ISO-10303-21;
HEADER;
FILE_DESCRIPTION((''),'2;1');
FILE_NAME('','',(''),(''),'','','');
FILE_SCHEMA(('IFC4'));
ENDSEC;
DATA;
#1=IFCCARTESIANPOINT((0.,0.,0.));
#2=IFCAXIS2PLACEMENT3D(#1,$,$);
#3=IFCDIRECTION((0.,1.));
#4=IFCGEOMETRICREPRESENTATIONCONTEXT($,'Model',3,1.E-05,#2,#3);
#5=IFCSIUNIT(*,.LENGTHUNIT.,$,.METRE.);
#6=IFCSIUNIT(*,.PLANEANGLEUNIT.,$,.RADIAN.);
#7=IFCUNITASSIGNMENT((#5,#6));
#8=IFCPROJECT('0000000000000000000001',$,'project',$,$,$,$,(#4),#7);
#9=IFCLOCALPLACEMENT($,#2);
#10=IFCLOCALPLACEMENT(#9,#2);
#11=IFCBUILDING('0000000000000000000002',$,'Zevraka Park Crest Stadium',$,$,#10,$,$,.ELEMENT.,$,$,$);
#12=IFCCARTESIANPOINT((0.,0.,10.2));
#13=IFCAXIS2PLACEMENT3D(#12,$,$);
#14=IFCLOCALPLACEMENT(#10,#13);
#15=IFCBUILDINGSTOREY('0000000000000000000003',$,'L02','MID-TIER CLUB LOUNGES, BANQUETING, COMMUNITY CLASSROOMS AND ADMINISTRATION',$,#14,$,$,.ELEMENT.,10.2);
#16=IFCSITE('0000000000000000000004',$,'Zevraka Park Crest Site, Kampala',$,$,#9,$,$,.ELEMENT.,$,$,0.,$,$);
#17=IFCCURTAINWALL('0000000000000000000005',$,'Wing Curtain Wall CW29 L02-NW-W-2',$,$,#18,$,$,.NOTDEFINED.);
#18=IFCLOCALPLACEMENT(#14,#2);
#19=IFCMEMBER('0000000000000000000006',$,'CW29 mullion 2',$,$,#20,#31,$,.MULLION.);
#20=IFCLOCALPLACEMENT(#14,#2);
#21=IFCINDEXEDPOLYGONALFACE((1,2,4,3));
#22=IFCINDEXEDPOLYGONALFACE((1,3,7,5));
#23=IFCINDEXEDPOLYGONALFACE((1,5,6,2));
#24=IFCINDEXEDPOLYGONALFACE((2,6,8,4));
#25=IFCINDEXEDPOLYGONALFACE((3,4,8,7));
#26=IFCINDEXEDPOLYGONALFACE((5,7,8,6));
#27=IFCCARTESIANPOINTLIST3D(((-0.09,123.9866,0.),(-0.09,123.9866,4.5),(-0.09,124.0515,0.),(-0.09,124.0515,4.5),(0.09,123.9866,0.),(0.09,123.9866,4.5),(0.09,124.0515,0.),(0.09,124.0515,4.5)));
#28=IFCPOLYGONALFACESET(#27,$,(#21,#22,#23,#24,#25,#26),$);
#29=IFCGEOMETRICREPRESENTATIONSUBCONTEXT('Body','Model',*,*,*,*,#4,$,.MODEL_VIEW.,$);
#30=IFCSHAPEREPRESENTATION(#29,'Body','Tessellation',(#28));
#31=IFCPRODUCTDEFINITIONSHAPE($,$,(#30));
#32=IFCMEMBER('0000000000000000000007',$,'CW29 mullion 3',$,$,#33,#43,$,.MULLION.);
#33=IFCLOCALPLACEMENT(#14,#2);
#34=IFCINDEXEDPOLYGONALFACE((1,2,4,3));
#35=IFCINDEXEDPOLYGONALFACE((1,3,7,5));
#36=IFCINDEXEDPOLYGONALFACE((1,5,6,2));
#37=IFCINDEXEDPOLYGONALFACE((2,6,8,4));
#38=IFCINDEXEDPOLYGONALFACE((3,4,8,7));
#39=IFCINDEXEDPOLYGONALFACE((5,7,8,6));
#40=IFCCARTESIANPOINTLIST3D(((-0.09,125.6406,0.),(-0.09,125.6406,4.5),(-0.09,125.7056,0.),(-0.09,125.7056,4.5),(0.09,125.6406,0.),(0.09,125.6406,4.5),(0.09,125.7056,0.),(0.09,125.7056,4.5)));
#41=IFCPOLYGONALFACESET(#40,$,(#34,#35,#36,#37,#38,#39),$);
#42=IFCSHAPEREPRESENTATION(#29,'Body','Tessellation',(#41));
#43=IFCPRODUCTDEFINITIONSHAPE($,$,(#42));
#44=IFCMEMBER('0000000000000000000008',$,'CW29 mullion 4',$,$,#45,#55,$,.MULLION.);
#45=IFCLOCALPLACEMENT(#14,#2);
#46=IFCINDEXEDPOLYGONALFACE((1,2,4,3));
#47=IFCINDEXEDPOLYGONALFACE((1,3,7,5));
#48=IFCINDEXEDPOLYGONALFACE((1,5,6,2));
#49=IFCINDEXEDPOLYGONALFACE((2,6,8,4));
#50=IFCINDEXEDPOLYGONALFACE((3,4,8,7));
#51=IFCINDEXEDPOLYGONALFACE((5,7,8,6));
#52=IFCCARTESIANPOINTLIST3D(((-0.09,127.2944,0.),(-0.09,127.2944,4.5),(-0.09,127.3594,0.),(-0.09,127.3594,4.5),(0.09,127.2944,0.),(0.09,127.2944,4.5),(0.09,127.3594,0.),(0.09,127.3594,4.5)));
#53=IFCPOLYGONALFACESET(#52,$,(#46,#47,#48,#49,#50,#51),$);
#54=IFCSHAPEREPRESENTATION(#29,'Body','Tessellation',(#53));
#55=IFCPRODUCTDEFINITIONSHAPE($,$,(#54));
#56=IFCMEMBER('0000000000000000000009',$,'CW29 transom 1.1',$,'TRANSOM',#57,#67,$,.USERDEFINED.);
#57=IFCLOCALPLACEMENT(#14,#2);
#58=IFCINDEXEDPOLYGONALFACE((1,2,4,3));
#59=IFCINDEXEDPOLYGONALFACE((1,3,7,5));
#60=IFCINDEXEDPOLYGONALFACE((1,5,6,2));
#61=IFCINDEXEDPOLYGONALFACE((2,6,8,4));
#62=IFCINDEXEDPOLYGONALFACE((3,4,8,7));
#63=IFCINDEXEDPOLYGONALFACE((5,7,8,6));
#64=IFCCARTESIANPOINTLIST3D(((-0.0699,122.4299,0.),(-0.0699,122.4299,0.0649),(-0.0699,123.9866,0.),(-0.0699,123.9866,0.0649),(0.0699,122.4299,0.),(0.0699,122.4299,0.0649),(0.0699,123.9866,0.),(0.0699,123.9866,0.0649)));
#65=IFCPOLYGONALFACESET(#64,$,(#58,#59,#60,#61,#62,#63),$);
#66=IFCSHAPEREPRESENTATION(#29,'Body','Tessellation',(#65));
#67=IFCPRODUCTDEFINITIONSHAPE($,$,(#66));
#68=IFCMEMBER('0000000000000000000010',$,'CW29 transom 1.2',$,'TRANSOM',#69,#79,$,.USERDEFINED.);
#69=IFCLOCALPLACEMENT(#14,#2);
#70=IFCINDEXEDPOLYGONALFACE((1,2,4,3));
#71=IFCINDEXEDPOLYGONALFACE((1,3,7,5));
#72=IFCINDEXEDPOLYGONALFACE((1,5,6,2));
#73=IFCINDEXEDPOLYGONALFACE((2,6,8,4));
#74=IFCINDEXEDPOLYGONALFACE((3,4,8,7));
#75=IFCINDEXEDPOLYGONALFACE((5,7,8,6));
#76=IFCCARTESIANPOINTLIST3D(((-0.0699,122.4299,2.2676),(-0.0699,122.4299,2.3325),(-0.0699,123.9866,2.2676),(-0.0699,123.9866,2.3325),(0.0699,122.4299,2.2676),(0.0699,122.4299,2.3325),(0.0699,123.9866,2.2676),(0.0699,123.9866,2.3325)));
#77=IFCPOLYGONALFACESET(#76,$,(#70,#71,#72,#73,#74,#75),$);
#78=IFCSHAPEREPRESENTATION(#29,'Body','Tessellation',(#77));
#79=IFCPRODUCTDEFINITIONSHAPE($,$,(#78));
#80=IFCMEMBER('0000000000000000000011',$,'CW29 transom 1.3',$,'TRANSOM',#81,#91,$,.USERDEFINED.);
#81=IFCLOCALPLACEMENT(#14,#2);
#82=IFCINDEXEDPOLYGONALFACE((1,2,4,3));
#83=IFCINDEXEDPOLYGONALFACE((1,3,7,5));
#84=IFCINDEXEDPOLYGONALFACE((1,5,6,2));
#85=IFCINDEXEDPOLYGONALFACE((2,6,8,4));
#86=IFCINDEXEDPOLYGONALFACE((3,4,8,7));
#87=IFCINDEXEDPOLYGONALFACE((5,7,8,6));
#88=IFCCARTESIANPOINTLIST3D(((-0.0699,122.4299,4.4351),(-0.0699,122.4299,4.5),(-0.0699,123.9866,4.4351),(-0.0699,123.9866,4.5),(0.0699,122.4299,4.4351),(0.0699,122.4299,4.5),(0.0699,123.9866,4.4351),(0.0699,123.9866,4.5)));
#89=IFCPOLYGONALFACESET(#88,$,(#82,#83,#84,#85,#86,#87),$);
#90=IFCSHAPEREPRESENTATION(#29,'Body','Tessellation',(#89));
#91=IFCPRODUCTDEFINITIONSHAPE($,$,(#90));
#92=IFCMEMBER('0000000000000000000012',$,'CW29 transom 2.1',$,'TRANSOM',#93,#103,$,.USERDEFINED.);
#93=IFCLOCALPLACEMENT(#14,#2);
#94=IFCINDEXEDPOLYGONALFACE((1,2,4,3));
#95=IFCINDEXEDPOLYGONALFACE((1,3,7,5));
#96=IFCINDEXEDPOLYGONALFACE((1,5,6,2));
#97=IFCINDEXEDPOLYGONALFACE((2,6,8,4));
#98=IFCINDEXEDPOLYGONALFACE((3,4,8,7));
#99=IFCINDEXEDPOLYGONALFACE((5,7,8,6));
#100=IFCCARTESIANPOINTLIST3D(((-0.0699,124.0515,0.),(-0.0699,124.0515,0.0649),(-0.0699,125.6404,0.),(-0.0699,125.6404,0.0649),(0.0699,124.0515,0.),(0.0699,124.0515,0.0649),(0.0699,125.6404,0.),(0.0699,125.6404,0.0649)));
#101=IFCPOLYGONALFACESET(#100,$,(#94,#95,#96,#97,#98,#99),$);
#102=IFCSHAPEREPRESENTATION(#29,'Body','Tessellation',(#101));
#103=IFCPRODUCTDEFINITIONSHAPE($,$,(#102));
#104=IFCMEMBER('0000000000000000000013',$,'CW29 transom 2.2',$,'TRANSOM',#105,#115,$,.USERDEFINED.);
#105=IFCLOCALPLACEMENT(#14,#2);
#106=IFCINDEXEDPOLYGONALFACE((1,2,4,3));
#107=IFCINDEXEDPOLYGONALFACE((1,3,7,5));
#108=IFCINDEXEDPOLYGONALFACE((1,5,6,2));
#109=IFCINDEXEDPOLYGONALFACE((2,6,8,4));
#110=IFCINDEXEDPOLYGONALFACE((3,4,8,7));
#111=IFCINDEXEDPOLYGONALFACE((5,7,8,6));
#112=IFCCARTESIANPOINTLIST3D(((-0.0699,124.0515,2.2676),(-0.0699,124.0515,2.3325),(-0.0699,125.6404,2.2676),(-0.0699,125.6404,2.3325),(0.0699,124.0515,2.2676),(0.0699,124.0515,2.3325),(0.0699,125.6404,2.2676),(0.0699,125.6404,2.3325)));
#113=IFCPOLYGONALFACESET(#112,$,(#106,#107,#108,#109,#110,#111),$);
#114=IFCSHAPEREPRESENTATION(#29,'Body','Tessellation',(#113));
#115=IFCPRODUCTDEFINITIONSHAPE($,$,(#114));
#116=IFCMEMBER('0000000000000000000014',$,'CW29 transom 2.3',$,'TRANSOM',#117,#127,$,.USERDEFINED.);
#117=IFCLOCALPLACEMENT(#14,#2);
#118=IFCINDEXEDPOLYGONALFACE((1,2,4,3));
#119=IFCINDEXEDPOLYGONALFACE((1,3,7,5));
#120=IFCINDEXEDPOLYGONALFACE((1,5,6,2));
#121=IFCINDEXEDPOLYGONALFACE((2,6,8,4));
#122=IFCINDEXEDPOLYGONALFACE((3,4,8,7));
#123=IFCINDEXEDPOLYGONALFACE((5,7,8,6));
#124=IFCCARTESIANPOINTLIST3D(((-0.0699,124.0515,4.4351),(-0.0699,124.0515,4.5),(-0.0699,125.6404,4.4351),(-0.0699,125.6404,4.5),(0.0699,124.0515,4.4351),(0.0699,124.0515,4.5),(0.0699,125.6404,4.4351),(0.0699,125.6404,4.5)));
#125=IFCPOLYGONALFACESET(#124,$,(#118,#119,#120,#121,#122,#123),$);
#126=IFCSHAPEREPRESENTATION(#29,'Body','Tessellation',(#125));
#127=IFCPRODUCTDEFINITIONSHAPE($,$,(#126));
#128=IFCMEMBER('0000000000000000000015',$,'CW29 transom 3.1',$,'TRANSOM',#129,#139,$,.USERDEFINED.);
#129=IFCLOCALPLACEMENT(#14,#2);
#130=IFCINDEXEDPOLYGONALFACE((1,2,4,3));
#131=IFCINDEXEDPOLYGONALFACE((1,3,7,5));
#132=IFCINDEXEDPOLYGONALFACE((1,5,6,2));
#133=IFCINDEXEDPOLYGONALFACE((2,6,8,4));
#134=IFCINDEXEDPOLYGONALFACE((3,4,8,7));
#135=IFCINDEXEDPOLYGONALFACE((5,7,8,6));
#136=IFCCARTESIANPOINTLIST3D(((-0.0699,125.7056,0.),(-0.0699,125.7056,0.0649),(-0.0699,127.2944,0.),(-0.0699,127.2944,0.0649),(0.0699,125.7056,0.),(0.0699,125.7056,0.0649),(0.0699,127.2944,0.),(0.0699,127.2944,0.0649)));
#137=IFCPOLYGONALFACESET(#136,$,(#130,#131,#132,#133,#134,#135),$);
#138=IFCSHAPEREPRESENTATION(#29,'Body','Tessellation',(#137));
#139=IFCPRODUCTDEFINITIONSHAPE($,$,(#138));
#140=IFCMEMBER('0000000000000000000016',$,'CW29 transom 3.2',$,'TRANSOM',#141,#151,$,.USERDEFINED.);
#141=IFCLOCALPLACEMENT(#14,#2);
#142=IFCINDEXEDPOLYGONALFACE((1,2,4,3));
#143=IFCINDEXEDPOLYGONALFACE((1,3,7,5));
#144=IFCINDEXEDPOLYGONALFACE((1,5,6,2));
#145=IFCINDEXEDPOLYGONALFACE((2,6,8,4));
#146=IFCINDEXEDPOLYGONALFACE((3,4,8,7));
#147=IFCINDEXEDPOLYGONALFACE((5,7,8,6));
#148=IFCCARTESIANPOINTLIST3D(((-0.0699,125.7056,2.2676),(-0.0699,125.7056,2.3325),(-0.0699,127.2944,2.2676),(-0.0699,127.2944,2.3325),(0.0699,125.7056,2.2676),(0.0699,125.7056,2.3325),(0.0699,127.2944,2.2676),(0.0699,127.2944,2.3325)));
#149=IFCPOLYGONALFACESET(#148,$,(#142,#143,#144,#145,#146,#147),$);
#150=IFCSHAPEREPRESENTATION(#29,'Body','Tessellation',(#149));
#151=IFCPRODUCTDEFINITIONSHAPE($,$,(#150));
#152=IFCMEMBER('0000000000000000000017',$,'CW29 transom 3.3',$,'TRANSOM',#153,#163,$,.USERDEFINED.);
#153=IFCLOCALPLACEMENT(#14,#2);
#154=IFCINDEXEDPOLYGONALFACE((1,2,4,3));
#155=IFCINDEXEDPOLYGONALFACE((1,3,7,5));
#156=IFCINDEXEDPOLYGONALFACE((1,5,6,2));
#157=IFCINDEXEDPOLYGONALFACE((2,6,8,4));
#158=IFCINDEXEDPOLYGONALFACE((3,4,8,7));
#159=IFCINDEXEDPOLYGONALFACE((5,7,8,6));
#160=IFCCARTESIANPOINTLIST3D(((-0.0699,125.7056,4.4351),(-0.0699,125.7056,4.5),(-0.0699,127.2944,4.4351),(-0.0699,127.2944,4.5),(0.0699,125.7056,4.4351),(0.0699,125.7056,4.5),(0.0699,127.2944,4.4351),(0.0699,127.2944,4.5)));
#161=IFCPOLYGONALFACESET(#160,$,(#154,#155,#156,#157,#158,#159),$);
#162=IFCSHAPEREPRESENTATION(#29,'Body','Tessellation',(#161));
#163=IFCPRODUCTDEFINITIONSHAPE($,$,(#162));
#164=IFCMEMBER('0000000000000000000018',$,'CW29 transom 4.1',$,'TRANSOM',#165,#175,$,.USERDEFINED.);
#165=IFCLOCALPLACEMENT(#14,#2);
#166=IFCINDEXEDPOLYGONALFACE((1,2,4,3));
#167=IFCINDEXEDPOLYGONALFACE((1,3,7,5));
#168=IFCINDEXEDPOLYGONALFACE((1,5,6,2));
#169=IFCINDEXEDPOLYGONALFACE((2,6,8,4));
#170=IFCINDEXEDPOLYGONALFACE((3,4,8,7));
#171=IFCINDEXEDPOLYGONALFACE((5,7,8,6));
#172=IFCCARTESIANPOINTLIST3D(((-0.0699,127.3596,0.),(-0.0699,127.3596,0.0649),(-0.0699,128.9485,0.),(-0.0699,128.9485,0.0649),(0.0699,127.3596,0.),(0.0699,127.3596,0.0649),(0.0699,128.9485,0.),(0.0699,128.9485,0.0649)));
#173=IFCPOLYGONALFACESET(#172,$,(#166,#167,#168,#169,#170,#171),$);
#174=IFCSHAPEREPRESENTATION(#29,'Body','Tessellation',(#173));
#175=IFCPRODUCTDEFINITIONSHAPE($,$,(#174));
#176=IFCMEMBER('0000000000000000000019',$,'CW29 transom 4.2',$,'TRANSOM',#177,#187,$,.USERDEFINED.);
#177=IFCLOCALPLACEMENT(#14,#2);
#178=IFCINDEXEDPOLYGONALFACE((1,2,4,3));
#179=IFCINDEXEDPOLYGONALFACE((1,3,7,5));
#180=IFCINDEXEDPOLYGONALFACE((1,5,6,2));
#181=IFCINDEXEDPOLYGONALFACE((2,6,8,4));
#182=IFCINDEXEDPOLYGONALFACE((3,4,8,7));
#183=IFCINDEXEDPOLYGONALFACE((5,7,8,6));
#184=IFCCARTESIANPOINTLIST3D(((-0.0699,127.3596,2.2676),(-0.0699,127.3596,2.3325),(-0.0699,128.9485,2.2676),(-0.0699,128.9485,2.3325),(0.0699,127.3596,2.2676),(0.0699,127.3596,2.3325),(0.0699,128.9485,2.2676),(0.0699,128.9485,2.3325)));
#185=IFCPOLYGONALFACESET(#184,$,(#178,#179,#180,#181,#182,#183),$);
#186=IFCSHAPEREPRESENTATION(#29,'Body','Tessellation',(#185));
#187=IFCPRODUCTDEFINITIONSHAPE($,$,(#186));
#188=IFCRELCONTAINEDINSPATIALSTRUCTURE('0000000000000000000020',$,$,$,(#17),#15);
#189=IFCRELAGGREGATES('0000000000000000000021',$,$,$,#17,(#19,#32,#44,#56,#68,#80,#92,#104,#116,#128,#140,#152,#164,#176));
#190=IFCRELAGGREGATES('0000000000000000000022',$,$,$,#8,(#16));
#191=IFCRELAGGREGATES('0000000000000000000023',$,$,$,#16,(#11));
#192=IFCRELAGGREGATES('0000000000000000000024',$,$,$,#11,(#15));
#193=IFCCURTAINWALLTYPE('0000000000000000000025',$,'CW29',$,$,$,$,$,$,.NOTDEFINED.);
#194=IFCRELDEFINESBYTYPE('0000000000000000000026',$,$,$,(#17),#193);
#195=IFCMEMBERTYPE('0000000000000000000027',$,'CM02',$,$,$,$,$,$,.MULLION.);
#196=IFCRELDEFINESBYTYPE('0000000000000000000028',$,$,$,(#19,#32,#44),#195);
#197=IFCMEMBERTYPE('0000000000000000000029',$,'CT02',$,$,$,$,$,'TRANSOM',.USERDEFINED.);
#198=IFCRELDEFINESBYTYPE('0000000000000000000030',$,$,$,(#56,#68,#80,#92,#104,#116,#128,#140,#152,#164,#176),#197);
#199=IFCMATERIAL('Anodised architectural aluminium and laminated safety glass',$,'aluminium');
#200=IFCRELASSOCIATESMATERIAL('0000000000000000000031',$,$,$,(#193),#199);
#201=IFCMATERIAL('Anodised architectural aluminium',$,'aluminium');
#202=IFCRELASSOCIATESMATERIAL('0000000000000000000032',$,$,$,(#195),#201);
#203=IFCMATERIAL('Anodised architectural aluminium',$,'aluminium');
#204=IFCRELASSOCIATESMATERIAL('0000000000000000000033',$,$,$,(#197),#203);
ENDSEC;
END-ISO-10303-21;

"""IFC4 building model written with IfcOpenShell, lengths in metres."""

from ifc_helpers import new_model, si_unit, direction, frame, origin, origin_2d, place, context, subcontext, project, spatial, rectangle, extrude, material, material_profile, profile_set, type_object, element, aggregate, save


model = new_model("IFC4")

# Units and contexts
model_context = context("Model", 3, precision=1e-05, world=origin(), true_north=direction((0.0, 1.0)))
body_context = subcontext(model_context, "Body", "Model", "MODEL_VIEW")
ifc_project = project(units=[si_unit("LENGTHUNIT", "METRE"), si_unit("PLANEANGLEUNIT", "RADIAN")], contexts=[model_context])

# Site, building, storey
site_placement = place(None, origin())
site = spatial("IfcSite", under=ifc_project, at=site_placement, Name="Zevraka Park Crest Site, Kampala", CompositionType="ELEMENT", RefElevation=0.0)
building_placement = place(site_placement, origin())
building = spatial("IfcBuilding", under=site, at=building_placement, Name="Zevraka Park Crest Stadium", CompositionType="ELEMENT")
storey_placement = place(building_placement, frame((0.0, 0.0, 10.2)))
storey = spatial("IfcBuildingStorey", under=building, at=storey_placement, Name="L02", Description="MID-TIER CLUB LOUNGES, BANQUETING, COMMUNITY CLASSROOMS AND ADMINISTRATION", CompositionType="ELEMENT", Elevation=10.2)

# Curtain wall, members
ifc_material_1 = material(Name="Anodised architectural aluminium and laminated safety glass", Category="aluminium")
curtain_wall_type = type_object("IfcCurtainWallType", Name="CW29", PredefinedType="NOTDEFINED", material=ifc_material_1)
curtain_wall_placement = place(storey_placement, origin())
curtain_wall = element("IfcCurtainWall", 1, at=curtain_wall_placement, inside=storey, type_object=curtain_wall_type, Name="Wing Curtain Wall CW29 L02-NW-W-2", PredefinedType="NOTDEFINED")
ifc_material_2 = material(Name="Anodised architectural aluminium", Category="aluminium")
ifc_material_profile_1 = material_profile(ifc_material_2, rectangle(XDim=0.1799, YDim=0.0649, at=origin_2d()), Name="ALU MULLION 180x65")
ifc_profile_set_1 = profile_set([ifc_material_profile_1], Name="Anodised architectural aluminium")
member_type_1 = type_object("IfcMemberType", Name="CM02", PredefinedType="MULLION", material=ifc_profile_set_1)
member_1_placement = place(storey_placement, frame((0.0, 124.019, 0.0), z_axis=(0.0, 0.0, 1.0), x_axis=(-1.0, 0.0, 0.0)))
member_1 = element("IfcMember", 2, at=member_1_placement, type_object=member_type_1, Name="CW29 mullion 2", PredefinedType="MULLION", context=body_context, shape_type="SweptSolid", body=[
    extrude(rectangle(XDim=0.1799, YDim=0.0649, at=origin_2d()), origin(), (0.0, 0.0, 1.0), 4.5),
])
member_2_placement = place(storey_placement, frame((0.0, 125.6731, 0.0), z_axis=(0.0, 0.0, 1.0), x_axis=(-1.0, 0.0, 0.0)))
member_2 = element("IfcMember", 3, at=member_2_placement, type_object=member_type_1, Name="CW29 mullion 3", PredefinedType="MULLION", context=body_context, shape_type="SweptSolid", body=[
    extrude(rectangle(XDim=0.1799, YDim=0.0649, at=origin_2d()), origin(), (0.0, 0.0, 1.0), 4.5),
])
member_3_placement = place(storey_placement, frame((0.0, 127.3269, 0.0), z_axis=(0.0, 0.0, 1.0), x_axis=(-1.0, 0.0, 0.0)))
member_3 = element("IfcMember", 4, at=member_3_placement, type_object=member_type_1, Name="CW29 mullion 4", PredefinedType="MULLION", context=body_context, shape_type="SweptSolid", body=[
    extrude(rectangle(XDim=0.1799, YDim=0.0649, at=origin_2d()), origin(), (0.0, 0.0, 1.0), 4.5),
])
ifc_material_3 = material(Name="Anodised architectural aluminium", Category="aluminium")
ifc_material_profile_2 = material_profile(ifc_material_3, rectangle(XDim=0.1399, YDim=0.0649, at=origin_2d()), Name="ALU TRANSOM 140x65")
ifc_profile_set_2 = profile_set([ifc_material_profile_2], Name="Anodised architectural aluminium")
member_type_2 = type_object("IfcMemberType", Name="CT02", ElementType="TRANSOM", PredefinedType="USERDEFINED", material=ifc_profile_set_2)
member_4_placement = place(storey_placement, frame((0.0, 122.4299, 0.0325), z_axis=(0.0, 1.0, 0.0), x_axis=(-1.0, 0.0, 0.0)))
member_4 = element("IfcMember", 5, at=member_4_placement, type_object=member_type_2, Name="CW29 transom 1.1", ObjectType="TRANSOM", PredefinedType="USERDEFINED", context=body_context, shape_type="SweptSolid", body=[
    extrude(rectangle(XDim=0.1399, YDim=0.0649, at=origin_2d()), origin(), (0.0, 0.0, 1.0), 1.5566),
])
member_5_placement = place(storey_placement, frame((0.0, 122.4299, 2.3), z_axis=(0.0, 1.0, 0.0), x_axis=(-1.0, 0.0, 0.0)))
member_5 = element("IfcMember", 6, at=member_5_placement, type_object=member_type_2, Name="CW29 transom 1.2", ObjectType="TRANSOM", PredefinedType="USERDEFINED", context=body_context, shape_type="SweptSolid", body=[
    extrude(rectangle(XDim=0.1399, YDim=0.0649, at=origin_2d()), origin(), (0.0, 0.0, 1.0), 1.5566),
])
member_6_placement = place(storey_placement, frame((0.0, 122.4299, 4.4675), z_axis=(0.0, 1.0, 0.0), x_axis=(-1.0, 0.0, 0.0)))
member_6 = element("IfcMember", 7, at=member_6_placement, type_object=member_type_2, Name="CW29 transom 1.3", ObjectType="TRANSOM", PredefinedType="USERDEFINED", context=body_context, shape_type="SweptSolid", body=[
    extrude(rectangle(XDim=0.1399, YDim=0.0649, at=origin_2d()), origin(), (0.0, 0.0, 1.0), 1.5566),
])
member_7_placement = place(storey_placement, frame((0.0, 124.0515, 0.0325), z_axis=(0.0, 1.0, 0.0), x_axis=(-1.0, 0.0, 0.0)))
member_7 = element("IfcMember", 8, at=member_7_placement, type_object=member_type_2, Name="CW29 transom 2.1", ObjectType="TRANSOM", PredefinedType="USERDEFINED", context=body_context, shape_type="SweptSolid", body=[
    extrude(rectangle(XDim=0.1399, YDim=0.0649, at=origin_2d()), origin(), (0.0, 0.0, 1.0), 1.5889),
])
member_8_placement = place(storey_placement, frame((0.0, 124.0515, 2.3), z_axis=(0.0, 1.0, 0.0), x_axis=(-1.0, 0.0, 0.0)))
member_8 = element("IfcMember", 9, at=member_8_placement, type_object=member_type_2, Name="CW29 transom 2.2", ObjectType="TRANSOM", PredefinedType="USERDEFINED", context=body_context, shape_type="SweptSolid", body=[
    extrude(rectangle(XDim=0.1399, YDim=0.0649, at=origin_2d()), origin(), (0.0, 0.0, 1.0), 1.5889),
])
member_9_placement = place(storey_placement, frame((0.0, 124.0515, 4.4675), z_axis=(0.0, 1.0, 0.0), x_axis=(-1.0, 0.0, 0.0)))
member_9 = element("IfcMember", 10, at=member_9_placement, type_object=member_type_2, Name="CW29 transom 2.3", ObjectType="TRANSOM", PredefinedType="USERDEFINED", context=body_context, shape_type="SweptSolid", body=[
    extrude(rectangle(XDim=0.1399, YDim=0.0649, at=origin_2d()), origin(), (0.0, 0.0, 1.0), 1.5889),
])
member_10_placement = place(storey_placement, frame((0.0, 125.7056, 0.0325), z_axis=(0.0, 1.0, 0.0), x_axis=(-1.0, 0.0, 0.0)))
member_10 = element("IfcMember", 11, at=member_10_placement, type_object=member_type_2, Name="CW29 transom 3.1", ObjectType="TRANSOM", PredefinedType="USERDEFINED", context=body_context, shape_type="SweptSolid", body=[
    extrude(rectangle(XDim=0.1399, YDim=0.0649, at=origin_2d()), origin(), (0.0, 0.0, 1.0), 1.5889),
])
member_11_placement = place(storey_placement, frame((0.0, 125.7056, 2.3), z_axis=(0.0, 1.0, 0.0), x_axis=(-1.0, 0.0, 0.0)))
member_11 = element("IfcMember", 12, at=member_11_placement, type_object=member_type_2, Name="CW29 transom 3.2", ObjectType="TRANSOM", PredefinedType="USERDEFINED", context=body_context, shape_type="SweptSolid", body=[
    extrude(rectangle(XDim=0.1399, YDim=0.0649, at=origin_2d()), origin(), (0.0, 0.0, 1.0), 1.5889),
])
member_12_placement = place(storey_placement, frame((0.0, 125.7056, 4.4675), z_axis=(0.0, 1.0, 0.0), x_axis=(-1.0, 0.0, 0.0)))
member_12 = element("IfcMember", 13, at=member_12_placement, type_object=member_type_2, Name="CW29 transom 3.3", ObjectType="TRANSOM", PredefinedType="USERDEFINED", context=body_context, shape_type="SweptSolid", body=[
    extrude(rectangle(XDim=0.1399, YDim=0.0649, at=origin_2d()), origin(), (0.0, 0.0, 1.0), 1.5889),
])
member_13_placement = place(storey_placement, frame((0.0, 127.3596, 0.0325), z_axis=(0.0, 1.0, 0.0), x_axis=(-1.0, 0.0, 0.0)))
member_13 = element("IfcMember", 14, at=member_13_placement, type_object=member_type_2, Name="CW29 transom 4.1", ObjectType="TRANSOM", PredefinedType="USERDEFINED", context=body_context, shape_type="SweptSolid", body=[
    extrude(rectangle(XDim=0.1399, YDim=0.0649, at=origin_2d()), origin(), (0.0, 0.0, 1.0), 1.5889),
])
member_14_placement = place(storey_placement, frame((0.0, 127.3596, 2.3), z_axis=(0.0, 1.0, 0.0), x_axis=(-1.0, 0.0, 0.0)))
member_14 = element("IfcMember", 15, at=member_14_placement, type_object=member_type_2, Name="CW29 transom 4.2", ObjectType="TRANSOM", PredefinedType="USERDEFINED", context=body_context, shape_type="SweptSolid", body=[
    extrude(rectangle(XDim=0.1399, YDim=0.0649, at=origin_2d()), origin(), (0.0, 0.0, 1.0), 1.5889),
])
aggregate(curtain_wall, [member_1, member_2, member_3, member_4, member_5, member_6, member_7, member_8, member_9, member_10, member_11, member_12, member_13, member_14])

save(model, "model.ifc")
